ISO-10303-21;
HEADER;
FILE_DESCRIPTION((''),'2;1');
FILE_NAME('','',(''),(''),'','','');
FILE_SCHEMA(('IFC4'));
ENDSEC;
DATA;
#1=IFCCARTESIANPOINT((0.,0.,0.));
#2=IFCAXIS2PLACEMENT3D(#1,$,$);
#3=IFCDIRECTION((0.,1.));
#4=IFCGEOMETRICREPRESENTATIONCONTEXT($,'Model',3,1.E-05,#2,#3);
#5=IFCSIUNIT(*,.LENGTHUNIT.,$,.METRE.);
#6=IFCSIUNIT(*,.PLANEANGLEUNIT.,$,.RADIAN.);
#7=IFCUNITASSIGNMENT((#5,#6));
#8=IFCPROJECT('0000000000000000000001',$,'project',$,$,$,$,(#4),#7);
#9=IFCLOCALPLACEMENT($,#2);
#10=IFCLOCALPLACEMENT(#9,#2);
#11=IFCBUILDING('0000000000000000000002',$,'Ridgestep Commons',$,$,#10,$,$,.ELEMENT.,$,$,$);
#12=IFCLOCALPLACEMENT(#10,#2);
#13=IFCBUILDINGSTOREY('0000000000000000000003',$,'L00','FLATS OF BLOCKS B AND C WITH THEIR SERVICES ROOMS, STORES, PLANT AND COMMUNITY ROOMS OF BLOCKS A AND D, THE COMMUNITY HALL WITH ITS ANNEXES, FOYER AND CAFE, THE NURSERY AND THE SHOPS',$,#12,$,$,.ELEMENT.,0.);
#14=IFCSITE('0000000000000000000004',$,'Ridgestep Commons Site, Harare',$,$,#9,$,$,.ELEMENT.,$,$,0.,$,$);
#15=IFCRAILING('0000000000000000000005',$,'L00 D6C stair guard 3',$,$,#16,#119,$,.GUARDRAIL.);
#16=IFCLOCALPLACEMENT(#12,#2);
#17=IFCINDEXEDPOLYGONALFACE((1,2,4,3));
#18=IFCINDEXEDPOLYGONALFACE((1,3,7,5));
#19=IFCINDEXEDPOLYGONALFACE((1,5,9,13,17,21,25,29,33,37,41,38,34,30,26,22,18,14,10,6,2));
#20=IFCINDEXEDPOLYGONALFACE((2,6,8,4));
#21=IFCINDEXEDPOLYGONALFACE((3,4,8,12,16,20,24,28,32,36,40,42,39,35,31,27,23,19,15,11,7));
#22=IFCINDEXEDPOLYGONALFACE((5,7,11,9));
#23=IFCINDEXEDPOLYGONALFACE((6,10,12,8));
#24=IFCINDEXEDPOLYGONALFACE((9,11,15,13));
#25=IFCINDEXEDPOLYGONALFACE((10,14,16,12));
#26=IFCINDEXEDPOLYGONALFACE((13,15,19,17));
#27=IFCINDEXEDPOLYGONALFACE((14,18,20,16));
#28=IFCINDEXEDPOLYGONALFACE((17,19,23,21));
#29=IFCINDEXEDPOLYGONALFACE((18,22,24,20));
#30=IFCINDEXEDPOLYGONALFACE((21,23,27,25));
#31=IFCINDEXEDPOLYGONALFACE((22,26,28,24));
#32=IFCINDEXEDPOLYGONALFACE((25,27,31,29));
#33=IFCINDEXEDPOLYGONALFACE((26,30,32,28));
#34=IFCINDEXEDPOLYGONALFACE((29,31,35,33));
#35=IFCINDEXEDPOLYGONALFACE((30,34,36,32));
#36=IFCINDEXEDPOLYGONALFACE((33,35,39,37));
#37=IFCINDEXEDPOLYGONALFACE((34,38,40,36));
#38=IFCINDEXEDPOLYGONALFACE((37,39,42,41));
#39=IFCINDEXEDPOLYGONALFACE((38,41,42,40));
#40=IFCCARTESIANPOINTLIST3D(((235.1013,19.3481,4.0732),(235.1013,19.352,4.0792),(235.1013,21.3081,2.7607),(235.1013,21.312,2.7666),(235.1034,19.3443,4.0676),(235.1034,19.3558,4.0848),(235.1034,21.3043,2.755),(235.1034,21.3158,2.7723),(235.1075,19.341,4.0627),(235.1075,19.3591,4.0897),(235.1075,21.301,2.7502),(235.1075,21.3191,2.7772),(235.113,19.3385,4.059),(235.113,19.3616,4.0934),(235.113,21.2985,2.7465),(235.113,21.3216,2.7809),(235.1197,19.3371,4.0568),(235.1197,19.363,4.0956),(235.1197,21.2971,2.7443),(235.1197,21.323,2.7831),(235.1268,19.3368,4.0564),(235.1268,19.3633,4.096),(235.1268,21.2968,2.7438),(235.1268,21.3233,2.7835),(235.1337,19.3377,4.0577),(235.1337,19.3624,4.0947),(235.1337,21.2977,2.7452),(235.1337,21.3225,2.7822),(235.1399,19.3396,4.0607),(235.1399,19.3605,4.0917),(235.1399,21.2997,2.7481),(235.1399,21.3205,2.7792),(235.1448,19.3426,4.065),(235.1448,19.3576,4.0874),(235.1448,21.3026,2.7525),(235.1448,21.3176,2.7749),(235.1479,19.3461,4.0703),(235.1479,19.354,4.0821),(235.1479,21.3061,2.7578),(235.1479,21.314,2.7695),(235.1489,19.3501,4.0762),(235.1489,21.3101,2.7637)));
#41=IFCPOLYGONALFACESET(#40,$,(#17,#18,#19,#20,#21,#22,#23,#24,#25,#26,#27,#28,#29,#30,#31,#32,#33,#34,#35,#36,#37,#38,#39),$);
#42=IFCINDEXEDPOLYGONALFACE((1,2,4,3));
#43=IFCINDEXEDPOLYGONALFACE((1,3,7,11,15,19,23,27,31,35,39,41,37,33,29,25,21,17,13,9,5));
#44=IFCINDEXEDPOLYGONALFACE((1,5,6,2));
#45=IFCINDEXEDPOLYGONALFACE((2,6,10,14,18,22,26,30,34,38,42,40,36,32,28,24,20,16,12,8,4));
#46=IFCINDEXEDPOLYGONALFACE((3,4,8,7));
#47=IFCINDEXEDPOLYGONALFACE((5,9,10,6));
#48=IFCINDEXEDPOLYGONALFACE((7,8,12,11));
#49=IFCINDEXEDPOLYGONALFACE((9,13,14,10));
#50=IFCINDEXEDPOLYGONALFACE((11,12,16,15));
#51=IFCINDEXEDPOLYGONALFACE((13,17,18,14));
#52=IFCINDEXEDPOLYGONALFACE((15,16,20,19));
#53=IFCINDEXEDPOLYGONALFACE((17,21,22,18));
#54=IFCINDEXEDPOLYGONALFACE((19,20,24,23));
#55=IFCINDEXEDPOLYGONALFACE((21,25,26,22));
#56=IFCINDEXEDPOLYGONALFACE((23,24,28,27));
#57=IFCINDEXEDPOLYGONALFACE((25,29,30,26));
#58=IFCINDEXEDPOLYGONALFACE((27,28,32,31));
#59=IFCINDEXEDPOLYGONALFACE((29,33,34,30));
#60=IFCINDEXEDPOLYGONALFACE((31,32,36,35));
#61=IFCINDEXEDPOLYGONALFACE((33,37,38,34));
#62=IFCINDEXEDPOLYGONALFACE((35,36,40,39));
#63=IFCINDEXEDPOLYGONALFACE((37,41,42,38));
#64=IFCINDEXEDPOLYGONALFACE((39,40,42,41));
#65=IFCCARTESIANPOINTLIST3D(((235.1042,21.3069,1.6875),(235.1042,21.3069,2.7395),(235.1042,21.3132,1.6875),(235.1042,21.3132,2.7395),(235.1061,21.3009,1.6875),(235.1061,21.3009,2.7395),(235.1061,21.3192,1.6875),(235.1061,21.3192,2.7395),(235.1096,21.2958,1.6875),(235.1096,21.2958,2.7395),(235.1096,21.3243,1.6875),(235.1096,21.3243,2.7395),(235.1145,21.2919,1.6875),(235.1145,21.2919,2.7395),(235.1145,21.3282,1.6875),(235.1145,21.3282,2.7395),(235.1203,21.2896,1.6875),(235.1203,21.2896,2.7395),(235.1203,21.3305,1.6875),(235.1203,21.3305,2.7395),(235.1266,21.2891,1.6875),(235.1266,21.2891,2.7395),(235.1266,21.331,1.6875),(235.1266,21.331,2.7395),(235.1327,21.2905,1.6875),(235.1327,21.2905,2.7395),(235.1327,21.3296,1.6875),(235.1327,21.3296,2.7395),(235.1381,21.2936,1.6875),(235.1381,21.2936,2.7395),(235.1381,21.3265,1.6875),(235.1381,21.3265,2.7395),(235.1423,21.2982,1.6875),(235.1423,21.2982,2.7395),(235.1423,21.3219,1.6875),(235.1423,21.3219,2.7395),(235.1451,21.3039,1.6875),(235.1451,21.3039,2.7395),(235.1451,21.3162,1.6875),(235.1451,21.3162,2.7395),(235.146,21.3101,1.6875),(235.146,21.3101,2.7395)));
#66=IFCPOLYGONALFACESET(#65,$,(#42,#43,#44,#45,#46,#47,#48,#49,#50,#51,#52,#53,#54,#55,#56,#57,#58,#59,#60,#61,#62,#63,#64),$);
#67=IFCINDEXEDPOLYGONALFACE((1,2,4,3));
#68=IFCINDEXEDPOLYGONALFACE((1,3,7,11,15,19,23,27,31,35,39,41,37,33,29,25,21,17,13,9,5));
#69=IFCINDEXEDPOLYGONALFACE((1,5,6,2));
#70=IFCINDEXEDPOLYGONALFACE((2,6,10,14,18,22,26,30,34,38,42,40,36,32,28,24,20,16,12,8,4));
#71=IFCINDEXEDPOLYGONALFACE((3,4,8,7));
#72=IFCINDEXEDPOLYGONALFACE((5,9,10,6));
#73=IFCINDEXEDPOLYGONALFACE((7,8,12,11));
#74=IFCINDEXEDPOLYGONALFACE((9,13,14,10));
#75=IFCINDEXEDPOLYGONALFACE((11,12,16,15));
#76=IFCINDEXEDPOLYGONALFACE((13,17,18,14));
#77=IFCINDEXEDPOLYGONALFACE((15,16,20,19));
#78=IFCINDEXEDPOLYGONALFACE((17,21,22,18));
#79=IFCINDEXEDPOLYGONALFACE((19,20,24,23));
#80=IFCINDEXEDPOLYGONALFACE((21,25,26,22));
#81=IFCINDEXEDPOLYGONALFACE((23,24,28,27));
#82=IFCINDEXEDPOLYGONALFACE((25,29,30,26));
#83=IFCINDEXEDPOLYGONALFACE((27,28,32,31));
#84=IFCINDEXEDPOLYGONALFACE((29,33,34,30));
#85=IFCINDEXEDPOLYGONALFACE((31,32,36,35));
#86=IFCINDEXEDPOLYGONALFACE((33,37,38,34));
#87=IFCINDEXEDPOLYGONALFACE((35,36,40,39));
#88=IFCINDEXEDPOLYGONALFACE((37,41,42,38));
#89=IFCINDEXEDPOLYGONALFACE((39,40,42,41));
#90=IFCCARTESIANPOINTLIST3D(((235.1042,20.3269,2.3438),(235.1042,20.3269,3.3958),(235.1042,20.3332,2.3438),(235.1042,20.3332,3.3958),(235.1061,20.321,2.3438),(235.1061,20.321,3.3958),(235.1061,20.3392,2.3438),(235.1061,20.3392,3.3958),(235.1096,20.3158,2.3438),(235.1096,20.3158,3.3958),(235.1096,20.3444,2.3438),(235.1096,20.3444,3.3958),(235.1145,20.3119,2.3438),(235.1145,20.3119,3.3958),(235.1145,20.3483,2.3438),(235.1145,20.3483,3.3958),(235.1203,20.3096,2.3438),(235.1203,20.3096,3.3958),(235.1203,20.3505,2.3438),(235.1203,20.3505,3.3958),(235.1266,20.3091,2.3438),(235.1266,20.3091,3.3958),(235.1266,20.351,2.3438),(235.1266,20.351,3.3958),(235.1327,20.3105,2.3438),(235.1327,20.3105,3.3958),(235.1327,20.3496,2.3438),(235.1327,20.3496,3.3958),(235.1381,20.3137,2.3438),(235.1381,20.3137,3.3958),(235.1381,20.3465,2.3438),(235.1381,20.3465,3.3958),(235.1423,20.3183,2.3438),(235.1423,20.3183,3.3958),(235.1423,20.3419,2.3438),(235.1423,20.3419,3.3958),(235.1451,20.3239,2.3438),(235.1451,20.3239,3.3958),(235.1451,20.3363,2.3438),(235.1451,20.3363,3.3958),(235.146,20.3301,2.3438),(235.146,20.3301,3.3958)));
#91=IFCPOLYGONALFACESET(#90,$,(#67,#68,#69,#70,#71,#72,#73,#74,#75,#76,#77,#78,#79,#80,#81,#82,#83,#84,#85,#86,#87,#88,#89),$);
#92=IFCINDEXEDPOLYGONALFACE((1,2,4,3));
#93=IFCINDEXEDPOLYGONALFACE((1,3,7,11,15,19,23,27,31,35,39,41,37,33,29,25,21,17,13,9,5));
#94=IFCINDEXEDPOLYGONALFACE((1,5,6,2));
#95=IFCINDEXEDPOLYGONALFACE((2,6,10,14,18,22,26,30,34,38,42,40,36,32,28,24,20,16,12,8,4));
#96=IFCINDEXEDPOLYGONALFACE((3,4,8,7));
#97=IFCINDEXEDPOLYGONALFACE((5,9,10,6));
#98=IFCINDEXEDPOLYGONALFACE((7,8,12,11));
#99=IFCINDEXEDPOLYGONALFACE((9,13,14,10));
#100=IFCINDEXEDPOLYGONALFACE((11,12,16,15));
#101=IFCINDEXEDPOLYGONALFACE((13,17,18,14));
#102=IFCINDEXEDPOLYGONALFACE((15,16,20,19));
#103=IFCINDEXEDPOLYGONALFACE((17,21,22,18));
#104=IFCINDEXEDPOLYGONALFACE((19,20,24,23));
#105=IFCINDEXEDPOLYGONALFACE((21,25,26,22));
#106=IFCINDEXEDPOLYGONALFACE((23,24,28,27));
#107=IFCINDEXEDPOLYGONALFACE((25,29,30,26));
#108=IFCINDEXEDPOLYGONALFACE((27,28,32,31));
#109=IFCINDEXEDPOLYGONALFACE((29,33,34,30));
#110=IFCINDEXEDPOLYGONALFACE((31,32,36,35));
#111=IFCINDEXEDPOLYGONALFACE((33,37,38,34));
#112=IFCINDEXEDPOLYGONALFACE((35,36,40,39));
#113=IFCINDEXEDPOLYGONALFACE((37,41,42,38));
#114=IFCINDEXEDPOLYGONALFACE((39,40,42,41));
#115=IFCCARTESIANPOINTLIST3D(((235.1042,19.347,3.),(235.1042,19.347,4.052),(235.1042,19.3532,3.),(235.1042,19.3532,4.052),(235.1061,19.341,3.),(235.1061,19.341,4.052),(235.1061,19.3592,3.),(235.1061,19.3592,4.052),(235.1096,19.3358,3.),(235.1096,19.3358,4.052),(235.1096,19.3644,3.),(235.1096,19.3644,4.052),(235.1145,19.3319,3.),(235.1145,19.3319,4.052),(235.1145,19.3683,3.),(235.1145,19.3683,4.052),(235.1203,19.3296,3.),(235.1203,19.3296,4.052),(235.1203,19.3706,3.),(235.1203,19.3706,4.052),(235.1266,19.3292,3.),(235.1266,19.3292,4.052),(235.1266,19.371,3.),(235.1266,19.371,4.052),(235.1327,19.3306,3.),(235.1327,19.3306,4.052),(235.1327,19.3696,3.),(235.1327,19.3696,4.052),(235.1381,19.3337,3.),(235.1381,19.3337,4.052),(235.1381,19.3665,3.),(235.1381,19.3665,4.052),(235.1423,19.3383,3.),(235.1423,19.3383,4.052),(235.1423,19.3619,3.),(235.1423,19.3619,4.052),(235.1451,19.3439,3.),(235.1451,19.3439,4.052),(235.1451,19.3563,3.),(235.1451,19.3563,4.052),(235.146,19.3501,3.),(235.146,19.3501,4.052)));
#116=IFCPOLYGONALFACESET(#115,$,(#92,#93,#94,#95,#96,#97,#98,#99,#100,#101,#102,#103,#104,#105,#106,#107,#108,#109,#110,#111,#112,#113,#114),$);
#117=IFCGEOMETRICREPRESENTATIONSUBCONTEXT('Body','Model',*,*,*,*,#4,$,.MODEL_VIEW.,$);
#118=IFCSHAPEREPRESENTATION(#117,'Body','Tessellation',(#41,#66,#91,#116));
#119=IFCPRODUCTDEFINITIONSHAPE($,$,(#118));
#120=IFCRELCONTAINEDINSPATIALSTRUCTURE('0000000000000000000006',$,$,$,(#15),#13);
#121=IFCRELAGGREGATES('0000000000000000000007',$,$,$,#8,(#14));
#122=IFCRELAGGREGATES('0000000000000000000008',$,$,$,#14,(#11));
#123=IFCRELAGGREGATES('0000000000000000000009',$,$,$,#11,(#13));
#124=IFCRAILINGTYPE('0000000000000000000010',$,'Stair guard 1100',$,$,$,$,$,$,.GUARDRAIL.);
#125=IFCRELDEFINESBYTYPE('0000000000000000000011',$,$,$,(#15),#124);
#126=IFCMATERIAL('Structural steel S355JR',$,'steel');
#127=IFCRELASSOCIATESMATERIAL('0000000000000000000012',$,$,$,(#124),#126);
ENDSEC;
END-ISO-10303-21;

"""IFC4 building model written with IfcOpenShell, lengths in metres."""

from ifc_helpers import new_model, si_unit, direction, frame, origin, origin_2d, place, context, subcontext, project, spatial, circle, extrude, material, type_object, element, save


model = new_model("IFC4")

# Units and contexts
model_context = context("Model", 3, precision=1e-05, world=origin(), true_north=direction((0.0, 1.0)))
body_context = subcontext(model_context, "Body", "Model", "MODEL_VIEW")
ifc_project = project(units=[si_unit("LENGTHUNIT", "METRE"), si_unit("PLANEANGLEUNIT", "RADIAN")], contexts=[model_context])

# Site, building, storey
site_placement = place(None, origin())
site = spatial("IfcSite", under=ifc_project, at=site_placement, Name="Ridgestep Commons Site, Harare", CompositionType="ELEMENT", RefElevation=0.0)
building_placement = place(site_placement, origin())
building = spatial("IfcBuilding", under=site, at=building_placement, Name="Ridgestep Commons", CompositionType="ELEMENT")
storey_placement = place(building_placement, origin())
storey = spatial("IfcBuildingStorey", under=building, at=storey_placement, Name="L00", Description="FLATS OF BLOCKS B AND C WITH THEIR SERVICES ROOMS, STORES, PLANT AND COMMUNITY ROOMS OF BLOCKS A AND D, THE COMMUNITY HALL WITH ITS ANNEXES, FOYER AND CAFE, THE NURSERY AND THE SHOPS", CompositionType="ELEMENT", Elevation=0.0)

# Railing
ifc_material_1 = material(Name="Structural steel S355JR", Category="steel")
railing_type_1 = type_object("IfcRailingType", Name="Stair guard 1100", PredefinedType="GUARDRAIL", material=ifc_material_1)
railing_1_placement = place(storey_placement, frame((235.125, 21.3101, 1.6875)))
element("IfcRailing", 1, at=railing_1_placement, inside=storey, type_object=railing_type_1, Name="L00 D6C stair guard 3", PredefinedType="GUARDRAIL", context=body_context, shape_type="SweptSolid", body=[
    extrude(circle(Radius=0.0239, at=origin_2d()), frame((0.0, 0.0, 1.0762), z_axis=(0.0, -0.830902, 0.556419), x_axis=(1.0, 0.0, 0.0)), (0.0, 0.0, 1.0), 2.3589),
    extrude(circle(Radius=0.021, at=origin_2d()), origin(), (0.0, 0.0, 1.0), 1.052),
    extrude(circle(Radius=0.021, at=origin_2d()), frame((0.0, -0.98, 0.6562)), (0.0, 0.0, 1.0), 1.052),
    extrude(circle(Radius=0.021, at=origin_2d()), frame((0.0, -1.96, 1.3125)), (0.0, 0.0, 1.0), 1.052),
])

save(model, "model.ifc")
